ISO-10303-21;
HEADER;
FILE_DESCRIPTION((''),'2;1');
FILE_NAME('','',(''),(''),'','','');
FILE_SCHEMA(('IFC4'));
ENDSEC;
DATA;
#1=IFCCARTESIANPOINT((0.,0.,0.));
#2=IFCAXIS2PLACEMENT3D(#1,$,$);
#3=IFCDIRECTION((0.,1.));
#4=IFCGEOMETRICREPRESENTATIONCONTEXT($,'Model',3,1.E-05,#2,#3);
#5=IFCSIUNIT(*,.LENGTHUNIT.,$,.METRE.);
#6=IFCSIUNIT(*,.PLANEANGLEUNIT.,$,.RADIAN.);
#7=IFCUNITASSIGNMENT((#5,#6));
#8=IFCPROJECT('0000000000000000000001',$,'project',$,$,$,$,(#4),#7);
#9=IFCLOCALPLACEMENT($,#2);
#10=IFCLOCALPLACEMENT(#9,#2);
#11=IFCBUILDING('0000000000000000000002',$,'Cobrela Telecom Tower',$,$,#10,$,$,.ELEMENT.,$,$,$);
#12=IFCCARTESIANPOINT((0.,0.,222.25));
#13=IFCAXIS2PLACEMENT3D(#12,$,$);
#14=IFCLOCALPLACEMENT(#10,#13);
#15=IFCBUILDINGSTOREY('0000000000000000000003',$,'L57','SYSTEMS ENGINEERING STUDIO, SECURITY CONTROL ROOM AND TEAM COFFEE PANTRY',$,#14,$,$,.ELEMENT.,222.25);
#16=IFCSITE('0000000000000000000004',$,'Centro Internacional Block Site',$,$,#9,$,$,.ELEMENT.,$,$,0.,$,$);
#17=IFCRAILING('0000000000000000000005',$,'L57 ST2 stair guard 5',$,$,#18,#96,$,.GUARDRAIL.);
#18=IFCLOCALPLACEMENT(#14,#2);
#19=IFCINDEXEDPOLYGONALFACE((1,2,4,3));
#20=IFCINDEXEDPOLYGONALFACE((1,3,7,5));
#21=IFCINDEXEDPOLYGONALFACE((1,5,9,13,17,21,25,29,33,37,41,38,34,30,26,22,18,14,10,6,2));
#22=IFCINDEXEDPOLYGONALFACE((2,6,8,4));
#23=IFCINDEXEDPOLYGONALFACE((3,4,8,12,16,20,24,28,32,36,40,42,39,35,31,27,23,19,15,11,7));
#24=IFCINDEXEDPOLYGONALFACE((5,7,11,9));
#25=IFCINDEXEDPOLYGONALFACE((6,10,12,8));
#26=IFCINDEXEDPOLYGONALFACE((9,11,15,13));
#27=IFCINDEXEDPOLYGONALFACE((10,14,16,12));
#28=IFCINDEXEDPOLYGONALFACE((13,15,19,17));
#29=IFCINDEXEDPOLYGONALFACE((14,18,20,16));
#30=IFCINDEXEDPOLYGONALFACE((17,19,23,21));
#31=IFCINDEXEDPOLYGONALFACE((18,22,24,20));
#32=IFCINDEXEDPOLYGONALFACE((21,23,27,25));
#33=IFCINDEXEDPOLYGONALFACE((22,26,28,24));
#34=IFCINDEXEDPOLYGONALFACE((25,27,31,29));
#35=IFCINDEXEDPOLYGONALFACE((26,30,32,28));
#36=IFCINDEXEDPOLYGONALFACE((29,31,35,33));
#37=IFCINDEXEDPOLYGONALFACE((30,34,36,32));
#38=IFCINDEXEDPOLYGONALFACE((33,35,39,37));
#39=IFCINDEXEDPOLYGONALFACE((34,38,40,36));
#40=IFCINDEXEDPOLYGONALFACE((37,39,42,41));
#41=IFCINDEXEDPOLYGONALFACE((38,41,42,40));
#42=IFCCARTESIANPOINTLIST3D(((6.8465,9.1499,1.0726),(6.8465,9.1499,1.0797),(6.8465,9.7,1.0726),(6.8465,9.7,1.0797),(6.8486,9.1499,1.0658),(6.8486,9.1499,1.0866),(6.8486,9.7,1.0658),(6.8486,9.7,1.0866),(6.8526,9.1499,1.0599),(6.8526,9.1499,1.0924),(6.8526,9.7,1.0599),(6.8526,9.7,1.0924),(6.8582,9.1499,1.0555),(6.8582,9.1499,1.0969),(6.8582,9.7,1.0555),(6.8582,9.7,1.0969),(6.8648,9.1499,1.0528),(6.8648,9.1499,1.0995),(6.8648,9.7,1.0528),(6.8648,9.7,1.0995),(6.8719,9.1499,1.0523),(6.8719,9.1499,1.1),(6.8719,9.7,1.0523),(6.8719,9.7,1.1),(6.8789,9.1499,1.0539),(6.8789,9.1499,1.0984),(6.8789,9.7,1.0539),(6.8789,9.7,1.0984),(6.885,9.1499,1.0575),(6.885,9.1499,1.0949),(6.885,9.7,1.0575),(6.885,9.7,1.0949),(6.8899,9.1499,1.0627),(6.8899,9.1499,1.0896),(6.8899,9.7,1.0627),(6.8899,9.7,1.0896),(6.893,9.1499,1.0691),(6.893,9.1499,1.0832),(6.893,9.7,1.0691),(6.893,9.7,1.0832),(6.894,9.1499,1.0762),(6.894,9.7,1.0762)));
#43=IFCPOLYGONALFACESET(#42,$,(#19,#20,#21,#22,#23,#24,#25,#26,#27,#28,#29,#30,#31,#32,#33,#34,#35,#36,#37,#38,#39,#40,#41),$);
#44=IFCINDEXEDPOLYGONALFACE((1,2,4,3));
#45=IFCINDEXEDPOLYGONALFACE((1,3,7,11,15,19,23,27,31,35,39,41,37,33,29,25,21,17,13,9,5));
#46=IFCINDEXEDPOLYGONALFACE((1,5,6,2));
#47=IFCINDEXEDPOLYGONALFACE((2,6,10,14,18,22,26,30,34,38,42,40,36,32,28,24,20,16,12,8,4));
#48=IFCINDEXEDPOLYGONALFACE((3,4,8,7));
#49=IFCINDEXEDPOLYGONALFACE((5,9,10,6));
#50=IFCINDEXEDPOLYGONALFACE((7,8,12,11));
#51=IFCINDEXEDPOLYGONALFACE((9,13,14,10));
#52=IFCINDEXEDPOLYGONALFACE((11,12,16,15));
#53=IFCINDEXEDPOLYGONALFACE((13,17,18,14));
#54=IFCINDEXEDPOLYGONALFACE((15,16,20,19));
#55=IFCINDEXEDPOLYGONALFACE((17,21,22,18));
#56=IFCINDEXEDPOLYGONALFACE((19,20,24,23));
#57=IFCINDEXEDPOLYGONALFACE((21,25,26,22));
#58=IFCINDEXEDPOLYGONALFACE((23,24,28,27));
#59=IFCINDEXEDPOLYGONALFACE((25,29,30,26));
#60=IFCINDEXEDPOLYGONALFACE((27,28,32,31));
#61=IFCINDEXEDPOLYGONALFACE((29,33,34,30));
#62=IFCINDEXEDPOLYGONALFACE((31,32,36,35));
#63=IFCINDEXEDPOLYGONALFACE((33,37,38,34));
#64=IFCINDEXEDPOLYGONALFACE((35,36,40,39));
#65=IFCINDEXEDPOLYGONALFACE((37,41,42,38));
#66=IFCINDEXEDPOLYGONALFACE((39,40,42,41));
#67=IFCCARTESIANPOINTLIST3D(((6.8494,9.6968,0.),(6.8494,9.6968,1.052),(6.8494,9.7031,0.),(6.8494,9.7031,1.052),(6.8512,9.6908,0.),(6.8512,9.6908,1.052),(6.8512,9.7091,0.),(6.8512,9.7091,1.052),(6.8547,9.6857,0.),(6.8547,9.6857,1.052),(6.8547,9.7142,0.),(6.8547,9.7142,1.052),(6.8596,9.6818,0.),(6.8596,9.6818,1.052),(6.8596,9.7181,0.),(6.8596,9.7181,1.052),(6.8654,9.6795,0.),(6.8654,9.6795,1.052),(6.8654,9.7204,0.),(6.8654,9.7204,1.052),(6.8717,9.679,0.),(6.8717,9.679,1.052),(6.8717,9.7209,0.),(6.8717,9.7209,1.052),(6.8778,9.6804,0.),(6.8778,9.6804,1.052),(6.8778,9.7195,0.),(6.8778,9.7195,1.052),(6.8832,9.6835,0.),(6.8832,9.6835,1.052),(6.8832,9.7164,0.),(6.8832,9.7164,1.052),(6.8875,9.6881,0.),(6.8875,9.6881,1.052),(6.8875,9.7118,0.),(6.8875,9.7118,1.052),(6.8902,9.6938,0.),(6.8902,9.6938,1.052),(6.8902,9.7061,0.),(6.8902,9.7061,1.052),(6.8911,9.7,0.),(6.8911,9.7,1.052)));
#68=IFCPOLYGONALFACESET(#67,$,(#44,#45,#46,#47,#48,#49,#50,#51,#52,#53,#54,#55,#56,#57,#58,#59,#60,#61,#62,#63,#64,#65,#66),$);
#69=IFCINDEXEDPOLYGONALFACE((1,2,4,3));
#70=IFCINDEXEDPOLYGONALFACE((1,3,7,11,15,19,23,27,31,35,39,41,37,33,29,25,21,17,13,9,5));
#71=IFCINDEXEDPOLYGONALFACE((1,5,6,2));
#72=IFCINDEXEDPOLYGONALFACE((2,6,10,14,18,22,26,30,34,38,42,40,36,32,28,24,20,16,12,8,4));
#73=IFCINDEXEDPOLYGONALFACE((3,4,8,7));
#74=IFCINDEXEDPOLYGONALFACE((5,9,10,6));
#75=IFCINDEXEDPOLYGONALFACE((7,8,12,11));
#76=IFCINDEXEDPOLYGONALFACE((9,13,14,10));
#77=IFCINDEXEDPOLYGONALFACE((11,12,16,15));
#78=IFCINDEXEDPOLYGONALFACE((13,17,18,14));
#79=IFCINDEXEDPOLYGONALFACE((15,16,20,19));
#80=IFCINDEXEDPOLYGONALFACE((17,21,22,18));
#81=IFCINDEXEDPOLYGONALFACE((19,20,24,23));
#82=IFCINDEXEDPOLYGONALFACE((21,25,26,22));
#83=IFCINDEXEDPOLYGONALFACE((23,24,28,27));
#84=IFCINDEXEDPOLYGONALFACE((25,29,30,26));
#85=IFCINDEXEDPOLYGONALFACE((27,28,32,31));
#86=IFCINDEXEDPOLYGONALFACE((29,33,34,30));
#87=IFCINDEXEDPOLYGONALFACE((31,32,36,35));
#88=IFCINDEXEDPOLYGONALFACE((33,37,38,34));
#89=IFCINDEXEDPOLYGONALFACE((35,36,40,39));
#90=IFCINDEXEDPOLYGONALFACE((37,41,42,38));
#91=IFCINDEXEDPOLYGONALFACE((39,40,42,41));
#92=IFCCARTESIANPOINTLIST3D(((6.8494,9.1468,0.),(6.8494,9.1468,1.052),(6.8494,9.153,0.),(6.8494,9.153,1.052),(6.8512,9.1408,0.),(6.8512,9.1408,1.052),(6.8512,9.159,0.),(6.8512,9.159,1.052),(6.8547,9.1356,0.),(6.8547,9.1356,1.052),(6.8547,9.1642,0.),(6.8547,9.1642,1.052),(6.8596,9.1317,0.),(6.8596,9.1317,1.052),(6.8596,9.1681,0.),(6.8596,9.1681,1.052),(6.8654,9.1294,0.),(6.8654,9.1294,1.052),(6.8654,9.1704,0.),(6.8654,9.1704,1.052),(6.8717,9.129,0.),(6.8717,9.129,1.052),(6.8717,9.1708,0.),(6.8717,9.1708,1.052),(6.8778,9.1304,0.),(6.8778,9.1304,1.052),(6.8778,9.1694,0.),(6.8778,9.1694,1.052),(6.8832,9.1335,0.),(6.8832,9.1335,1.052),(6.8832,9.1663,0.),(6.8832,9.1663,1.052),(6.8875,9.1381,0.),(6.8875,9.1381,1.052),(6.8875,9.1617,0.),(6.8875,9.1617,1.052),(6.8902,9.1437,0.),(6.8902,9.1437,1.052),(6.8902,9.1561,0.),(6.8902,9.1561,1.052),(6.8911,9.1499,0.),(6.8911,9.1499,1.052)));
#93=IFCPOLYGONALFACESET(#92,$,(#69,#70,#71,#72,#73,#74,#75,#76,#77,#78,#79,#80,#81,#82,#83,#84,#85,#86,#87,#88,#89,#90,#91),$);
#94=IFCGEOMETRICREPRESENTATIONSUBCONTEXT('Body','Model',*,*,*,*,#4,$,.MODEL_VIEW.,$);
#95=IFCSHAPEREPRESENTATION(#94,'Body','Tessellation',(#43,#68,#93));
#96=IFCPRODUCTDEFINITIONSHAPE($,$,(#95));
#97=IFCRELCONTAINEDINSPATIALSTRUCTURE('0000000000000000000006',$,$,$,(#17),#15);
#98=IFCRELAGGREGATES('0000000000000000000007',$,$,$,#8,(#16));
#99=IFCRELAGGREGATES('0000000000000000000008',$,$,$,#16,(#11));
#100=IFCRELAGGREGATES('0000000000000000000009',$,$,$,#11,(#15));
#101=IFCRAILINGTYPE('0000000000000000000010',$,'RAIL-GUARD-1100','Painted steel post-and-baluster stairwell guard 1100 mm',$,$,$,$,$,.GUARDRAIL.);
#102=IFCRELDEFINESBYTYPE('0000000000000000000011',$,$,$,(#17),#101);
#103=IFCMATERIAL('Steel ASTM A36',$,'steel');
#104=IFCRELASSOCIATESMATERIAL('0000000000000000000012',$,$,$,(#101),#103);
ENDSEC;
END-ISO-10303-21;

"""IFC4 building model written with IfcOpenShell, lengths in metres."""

from ifc_helpers import new_model, si_unit, direction, frame, origin, origin_2d, place, context, subcontext, project, spatial, circle, extrude, material, type_object, element, save


model = new_model("IFC4")

# Units and contexts
model_context = context("Model", 3, precision=1e-05, world=origin(), true_north=direction((0.0, 1.0)))
body_context = subcontext(model_context, "Body", "Model", "MODEL_VIEW")
ifc_project = project(units=[si_unit("LENGTHUNIT", "METRE"), si_unit("PLANEANGLEUNIT", "RADIAN")], contexts=[model_context])

# Site, building, storey
site_placement = place(None, origin())
site = spatial("IfcSite", under=ifc_project, at=site_placement, Name="Centro Internacional Block Site", CompositionType="ELEMENT", RefElevation=0.0)
building_placement = place(site_placement, origin())
building = spatial("IfcBuilding", under=site, at=building_placement, Name="Cobrela Telecom Tower", CompositionType="ELEMENT")
storey_placement = place(building_placement, frame((0.0, 0.0, 222.25)))
storey = spatial("IfcBuildingStorey", under=building, at=storey_placement, Name="L57", Description="SYSTEMS ENGINEERING STUDIO, SECURITY CONTROL ROOM AND TEAM COFFEE PANTRY", CompositionType="ELEMENT", Elevation=222.25)

# Railing
ifc_material_1 = material(Name="Steel ASTM A36", Category="steel")
railing_type_1 = type_object("IfcRailingType", Name="RAIL-GUARD-1100", Description="Painted steel post-and-baluster stairwell guard 1100 mm", PredefinedType="GUARDRAIL", material=ifc_material_1)
railing_1_placement = place(storey_placement, frame((6.8701, 9.7, 0.0)))
element("IfcRailing", 1, at=railing_1_placement, inside=storey, type_object=railing_type_1, Name="L57 ST2 stair guard 5", PredefinedType="GUARDRAIL", context=body_context, shape_type="SweptSolid", body=[
    extrude(circle(Radius=0.0239, at=origin_2d()), frame((0.0, 0.0, 1.0762), z_axis=(0.0, -1.0, 0.0), x_axis=(1.0, 0.0, 0.0)), (0.0, 0.0, 1.0), 0.55),
    extrude(circle(Radius=0.021, at=origin_2d()), origin(), (0.0, 0.0, 1.0), 1.052),
    extrude(circle(Radius=0.021, at=origin_2d()), frame((0.0, -0.55, 0.0)), (0.0, 0.0, 1.0), 1.052),
])

save(model, "model.ifc")
